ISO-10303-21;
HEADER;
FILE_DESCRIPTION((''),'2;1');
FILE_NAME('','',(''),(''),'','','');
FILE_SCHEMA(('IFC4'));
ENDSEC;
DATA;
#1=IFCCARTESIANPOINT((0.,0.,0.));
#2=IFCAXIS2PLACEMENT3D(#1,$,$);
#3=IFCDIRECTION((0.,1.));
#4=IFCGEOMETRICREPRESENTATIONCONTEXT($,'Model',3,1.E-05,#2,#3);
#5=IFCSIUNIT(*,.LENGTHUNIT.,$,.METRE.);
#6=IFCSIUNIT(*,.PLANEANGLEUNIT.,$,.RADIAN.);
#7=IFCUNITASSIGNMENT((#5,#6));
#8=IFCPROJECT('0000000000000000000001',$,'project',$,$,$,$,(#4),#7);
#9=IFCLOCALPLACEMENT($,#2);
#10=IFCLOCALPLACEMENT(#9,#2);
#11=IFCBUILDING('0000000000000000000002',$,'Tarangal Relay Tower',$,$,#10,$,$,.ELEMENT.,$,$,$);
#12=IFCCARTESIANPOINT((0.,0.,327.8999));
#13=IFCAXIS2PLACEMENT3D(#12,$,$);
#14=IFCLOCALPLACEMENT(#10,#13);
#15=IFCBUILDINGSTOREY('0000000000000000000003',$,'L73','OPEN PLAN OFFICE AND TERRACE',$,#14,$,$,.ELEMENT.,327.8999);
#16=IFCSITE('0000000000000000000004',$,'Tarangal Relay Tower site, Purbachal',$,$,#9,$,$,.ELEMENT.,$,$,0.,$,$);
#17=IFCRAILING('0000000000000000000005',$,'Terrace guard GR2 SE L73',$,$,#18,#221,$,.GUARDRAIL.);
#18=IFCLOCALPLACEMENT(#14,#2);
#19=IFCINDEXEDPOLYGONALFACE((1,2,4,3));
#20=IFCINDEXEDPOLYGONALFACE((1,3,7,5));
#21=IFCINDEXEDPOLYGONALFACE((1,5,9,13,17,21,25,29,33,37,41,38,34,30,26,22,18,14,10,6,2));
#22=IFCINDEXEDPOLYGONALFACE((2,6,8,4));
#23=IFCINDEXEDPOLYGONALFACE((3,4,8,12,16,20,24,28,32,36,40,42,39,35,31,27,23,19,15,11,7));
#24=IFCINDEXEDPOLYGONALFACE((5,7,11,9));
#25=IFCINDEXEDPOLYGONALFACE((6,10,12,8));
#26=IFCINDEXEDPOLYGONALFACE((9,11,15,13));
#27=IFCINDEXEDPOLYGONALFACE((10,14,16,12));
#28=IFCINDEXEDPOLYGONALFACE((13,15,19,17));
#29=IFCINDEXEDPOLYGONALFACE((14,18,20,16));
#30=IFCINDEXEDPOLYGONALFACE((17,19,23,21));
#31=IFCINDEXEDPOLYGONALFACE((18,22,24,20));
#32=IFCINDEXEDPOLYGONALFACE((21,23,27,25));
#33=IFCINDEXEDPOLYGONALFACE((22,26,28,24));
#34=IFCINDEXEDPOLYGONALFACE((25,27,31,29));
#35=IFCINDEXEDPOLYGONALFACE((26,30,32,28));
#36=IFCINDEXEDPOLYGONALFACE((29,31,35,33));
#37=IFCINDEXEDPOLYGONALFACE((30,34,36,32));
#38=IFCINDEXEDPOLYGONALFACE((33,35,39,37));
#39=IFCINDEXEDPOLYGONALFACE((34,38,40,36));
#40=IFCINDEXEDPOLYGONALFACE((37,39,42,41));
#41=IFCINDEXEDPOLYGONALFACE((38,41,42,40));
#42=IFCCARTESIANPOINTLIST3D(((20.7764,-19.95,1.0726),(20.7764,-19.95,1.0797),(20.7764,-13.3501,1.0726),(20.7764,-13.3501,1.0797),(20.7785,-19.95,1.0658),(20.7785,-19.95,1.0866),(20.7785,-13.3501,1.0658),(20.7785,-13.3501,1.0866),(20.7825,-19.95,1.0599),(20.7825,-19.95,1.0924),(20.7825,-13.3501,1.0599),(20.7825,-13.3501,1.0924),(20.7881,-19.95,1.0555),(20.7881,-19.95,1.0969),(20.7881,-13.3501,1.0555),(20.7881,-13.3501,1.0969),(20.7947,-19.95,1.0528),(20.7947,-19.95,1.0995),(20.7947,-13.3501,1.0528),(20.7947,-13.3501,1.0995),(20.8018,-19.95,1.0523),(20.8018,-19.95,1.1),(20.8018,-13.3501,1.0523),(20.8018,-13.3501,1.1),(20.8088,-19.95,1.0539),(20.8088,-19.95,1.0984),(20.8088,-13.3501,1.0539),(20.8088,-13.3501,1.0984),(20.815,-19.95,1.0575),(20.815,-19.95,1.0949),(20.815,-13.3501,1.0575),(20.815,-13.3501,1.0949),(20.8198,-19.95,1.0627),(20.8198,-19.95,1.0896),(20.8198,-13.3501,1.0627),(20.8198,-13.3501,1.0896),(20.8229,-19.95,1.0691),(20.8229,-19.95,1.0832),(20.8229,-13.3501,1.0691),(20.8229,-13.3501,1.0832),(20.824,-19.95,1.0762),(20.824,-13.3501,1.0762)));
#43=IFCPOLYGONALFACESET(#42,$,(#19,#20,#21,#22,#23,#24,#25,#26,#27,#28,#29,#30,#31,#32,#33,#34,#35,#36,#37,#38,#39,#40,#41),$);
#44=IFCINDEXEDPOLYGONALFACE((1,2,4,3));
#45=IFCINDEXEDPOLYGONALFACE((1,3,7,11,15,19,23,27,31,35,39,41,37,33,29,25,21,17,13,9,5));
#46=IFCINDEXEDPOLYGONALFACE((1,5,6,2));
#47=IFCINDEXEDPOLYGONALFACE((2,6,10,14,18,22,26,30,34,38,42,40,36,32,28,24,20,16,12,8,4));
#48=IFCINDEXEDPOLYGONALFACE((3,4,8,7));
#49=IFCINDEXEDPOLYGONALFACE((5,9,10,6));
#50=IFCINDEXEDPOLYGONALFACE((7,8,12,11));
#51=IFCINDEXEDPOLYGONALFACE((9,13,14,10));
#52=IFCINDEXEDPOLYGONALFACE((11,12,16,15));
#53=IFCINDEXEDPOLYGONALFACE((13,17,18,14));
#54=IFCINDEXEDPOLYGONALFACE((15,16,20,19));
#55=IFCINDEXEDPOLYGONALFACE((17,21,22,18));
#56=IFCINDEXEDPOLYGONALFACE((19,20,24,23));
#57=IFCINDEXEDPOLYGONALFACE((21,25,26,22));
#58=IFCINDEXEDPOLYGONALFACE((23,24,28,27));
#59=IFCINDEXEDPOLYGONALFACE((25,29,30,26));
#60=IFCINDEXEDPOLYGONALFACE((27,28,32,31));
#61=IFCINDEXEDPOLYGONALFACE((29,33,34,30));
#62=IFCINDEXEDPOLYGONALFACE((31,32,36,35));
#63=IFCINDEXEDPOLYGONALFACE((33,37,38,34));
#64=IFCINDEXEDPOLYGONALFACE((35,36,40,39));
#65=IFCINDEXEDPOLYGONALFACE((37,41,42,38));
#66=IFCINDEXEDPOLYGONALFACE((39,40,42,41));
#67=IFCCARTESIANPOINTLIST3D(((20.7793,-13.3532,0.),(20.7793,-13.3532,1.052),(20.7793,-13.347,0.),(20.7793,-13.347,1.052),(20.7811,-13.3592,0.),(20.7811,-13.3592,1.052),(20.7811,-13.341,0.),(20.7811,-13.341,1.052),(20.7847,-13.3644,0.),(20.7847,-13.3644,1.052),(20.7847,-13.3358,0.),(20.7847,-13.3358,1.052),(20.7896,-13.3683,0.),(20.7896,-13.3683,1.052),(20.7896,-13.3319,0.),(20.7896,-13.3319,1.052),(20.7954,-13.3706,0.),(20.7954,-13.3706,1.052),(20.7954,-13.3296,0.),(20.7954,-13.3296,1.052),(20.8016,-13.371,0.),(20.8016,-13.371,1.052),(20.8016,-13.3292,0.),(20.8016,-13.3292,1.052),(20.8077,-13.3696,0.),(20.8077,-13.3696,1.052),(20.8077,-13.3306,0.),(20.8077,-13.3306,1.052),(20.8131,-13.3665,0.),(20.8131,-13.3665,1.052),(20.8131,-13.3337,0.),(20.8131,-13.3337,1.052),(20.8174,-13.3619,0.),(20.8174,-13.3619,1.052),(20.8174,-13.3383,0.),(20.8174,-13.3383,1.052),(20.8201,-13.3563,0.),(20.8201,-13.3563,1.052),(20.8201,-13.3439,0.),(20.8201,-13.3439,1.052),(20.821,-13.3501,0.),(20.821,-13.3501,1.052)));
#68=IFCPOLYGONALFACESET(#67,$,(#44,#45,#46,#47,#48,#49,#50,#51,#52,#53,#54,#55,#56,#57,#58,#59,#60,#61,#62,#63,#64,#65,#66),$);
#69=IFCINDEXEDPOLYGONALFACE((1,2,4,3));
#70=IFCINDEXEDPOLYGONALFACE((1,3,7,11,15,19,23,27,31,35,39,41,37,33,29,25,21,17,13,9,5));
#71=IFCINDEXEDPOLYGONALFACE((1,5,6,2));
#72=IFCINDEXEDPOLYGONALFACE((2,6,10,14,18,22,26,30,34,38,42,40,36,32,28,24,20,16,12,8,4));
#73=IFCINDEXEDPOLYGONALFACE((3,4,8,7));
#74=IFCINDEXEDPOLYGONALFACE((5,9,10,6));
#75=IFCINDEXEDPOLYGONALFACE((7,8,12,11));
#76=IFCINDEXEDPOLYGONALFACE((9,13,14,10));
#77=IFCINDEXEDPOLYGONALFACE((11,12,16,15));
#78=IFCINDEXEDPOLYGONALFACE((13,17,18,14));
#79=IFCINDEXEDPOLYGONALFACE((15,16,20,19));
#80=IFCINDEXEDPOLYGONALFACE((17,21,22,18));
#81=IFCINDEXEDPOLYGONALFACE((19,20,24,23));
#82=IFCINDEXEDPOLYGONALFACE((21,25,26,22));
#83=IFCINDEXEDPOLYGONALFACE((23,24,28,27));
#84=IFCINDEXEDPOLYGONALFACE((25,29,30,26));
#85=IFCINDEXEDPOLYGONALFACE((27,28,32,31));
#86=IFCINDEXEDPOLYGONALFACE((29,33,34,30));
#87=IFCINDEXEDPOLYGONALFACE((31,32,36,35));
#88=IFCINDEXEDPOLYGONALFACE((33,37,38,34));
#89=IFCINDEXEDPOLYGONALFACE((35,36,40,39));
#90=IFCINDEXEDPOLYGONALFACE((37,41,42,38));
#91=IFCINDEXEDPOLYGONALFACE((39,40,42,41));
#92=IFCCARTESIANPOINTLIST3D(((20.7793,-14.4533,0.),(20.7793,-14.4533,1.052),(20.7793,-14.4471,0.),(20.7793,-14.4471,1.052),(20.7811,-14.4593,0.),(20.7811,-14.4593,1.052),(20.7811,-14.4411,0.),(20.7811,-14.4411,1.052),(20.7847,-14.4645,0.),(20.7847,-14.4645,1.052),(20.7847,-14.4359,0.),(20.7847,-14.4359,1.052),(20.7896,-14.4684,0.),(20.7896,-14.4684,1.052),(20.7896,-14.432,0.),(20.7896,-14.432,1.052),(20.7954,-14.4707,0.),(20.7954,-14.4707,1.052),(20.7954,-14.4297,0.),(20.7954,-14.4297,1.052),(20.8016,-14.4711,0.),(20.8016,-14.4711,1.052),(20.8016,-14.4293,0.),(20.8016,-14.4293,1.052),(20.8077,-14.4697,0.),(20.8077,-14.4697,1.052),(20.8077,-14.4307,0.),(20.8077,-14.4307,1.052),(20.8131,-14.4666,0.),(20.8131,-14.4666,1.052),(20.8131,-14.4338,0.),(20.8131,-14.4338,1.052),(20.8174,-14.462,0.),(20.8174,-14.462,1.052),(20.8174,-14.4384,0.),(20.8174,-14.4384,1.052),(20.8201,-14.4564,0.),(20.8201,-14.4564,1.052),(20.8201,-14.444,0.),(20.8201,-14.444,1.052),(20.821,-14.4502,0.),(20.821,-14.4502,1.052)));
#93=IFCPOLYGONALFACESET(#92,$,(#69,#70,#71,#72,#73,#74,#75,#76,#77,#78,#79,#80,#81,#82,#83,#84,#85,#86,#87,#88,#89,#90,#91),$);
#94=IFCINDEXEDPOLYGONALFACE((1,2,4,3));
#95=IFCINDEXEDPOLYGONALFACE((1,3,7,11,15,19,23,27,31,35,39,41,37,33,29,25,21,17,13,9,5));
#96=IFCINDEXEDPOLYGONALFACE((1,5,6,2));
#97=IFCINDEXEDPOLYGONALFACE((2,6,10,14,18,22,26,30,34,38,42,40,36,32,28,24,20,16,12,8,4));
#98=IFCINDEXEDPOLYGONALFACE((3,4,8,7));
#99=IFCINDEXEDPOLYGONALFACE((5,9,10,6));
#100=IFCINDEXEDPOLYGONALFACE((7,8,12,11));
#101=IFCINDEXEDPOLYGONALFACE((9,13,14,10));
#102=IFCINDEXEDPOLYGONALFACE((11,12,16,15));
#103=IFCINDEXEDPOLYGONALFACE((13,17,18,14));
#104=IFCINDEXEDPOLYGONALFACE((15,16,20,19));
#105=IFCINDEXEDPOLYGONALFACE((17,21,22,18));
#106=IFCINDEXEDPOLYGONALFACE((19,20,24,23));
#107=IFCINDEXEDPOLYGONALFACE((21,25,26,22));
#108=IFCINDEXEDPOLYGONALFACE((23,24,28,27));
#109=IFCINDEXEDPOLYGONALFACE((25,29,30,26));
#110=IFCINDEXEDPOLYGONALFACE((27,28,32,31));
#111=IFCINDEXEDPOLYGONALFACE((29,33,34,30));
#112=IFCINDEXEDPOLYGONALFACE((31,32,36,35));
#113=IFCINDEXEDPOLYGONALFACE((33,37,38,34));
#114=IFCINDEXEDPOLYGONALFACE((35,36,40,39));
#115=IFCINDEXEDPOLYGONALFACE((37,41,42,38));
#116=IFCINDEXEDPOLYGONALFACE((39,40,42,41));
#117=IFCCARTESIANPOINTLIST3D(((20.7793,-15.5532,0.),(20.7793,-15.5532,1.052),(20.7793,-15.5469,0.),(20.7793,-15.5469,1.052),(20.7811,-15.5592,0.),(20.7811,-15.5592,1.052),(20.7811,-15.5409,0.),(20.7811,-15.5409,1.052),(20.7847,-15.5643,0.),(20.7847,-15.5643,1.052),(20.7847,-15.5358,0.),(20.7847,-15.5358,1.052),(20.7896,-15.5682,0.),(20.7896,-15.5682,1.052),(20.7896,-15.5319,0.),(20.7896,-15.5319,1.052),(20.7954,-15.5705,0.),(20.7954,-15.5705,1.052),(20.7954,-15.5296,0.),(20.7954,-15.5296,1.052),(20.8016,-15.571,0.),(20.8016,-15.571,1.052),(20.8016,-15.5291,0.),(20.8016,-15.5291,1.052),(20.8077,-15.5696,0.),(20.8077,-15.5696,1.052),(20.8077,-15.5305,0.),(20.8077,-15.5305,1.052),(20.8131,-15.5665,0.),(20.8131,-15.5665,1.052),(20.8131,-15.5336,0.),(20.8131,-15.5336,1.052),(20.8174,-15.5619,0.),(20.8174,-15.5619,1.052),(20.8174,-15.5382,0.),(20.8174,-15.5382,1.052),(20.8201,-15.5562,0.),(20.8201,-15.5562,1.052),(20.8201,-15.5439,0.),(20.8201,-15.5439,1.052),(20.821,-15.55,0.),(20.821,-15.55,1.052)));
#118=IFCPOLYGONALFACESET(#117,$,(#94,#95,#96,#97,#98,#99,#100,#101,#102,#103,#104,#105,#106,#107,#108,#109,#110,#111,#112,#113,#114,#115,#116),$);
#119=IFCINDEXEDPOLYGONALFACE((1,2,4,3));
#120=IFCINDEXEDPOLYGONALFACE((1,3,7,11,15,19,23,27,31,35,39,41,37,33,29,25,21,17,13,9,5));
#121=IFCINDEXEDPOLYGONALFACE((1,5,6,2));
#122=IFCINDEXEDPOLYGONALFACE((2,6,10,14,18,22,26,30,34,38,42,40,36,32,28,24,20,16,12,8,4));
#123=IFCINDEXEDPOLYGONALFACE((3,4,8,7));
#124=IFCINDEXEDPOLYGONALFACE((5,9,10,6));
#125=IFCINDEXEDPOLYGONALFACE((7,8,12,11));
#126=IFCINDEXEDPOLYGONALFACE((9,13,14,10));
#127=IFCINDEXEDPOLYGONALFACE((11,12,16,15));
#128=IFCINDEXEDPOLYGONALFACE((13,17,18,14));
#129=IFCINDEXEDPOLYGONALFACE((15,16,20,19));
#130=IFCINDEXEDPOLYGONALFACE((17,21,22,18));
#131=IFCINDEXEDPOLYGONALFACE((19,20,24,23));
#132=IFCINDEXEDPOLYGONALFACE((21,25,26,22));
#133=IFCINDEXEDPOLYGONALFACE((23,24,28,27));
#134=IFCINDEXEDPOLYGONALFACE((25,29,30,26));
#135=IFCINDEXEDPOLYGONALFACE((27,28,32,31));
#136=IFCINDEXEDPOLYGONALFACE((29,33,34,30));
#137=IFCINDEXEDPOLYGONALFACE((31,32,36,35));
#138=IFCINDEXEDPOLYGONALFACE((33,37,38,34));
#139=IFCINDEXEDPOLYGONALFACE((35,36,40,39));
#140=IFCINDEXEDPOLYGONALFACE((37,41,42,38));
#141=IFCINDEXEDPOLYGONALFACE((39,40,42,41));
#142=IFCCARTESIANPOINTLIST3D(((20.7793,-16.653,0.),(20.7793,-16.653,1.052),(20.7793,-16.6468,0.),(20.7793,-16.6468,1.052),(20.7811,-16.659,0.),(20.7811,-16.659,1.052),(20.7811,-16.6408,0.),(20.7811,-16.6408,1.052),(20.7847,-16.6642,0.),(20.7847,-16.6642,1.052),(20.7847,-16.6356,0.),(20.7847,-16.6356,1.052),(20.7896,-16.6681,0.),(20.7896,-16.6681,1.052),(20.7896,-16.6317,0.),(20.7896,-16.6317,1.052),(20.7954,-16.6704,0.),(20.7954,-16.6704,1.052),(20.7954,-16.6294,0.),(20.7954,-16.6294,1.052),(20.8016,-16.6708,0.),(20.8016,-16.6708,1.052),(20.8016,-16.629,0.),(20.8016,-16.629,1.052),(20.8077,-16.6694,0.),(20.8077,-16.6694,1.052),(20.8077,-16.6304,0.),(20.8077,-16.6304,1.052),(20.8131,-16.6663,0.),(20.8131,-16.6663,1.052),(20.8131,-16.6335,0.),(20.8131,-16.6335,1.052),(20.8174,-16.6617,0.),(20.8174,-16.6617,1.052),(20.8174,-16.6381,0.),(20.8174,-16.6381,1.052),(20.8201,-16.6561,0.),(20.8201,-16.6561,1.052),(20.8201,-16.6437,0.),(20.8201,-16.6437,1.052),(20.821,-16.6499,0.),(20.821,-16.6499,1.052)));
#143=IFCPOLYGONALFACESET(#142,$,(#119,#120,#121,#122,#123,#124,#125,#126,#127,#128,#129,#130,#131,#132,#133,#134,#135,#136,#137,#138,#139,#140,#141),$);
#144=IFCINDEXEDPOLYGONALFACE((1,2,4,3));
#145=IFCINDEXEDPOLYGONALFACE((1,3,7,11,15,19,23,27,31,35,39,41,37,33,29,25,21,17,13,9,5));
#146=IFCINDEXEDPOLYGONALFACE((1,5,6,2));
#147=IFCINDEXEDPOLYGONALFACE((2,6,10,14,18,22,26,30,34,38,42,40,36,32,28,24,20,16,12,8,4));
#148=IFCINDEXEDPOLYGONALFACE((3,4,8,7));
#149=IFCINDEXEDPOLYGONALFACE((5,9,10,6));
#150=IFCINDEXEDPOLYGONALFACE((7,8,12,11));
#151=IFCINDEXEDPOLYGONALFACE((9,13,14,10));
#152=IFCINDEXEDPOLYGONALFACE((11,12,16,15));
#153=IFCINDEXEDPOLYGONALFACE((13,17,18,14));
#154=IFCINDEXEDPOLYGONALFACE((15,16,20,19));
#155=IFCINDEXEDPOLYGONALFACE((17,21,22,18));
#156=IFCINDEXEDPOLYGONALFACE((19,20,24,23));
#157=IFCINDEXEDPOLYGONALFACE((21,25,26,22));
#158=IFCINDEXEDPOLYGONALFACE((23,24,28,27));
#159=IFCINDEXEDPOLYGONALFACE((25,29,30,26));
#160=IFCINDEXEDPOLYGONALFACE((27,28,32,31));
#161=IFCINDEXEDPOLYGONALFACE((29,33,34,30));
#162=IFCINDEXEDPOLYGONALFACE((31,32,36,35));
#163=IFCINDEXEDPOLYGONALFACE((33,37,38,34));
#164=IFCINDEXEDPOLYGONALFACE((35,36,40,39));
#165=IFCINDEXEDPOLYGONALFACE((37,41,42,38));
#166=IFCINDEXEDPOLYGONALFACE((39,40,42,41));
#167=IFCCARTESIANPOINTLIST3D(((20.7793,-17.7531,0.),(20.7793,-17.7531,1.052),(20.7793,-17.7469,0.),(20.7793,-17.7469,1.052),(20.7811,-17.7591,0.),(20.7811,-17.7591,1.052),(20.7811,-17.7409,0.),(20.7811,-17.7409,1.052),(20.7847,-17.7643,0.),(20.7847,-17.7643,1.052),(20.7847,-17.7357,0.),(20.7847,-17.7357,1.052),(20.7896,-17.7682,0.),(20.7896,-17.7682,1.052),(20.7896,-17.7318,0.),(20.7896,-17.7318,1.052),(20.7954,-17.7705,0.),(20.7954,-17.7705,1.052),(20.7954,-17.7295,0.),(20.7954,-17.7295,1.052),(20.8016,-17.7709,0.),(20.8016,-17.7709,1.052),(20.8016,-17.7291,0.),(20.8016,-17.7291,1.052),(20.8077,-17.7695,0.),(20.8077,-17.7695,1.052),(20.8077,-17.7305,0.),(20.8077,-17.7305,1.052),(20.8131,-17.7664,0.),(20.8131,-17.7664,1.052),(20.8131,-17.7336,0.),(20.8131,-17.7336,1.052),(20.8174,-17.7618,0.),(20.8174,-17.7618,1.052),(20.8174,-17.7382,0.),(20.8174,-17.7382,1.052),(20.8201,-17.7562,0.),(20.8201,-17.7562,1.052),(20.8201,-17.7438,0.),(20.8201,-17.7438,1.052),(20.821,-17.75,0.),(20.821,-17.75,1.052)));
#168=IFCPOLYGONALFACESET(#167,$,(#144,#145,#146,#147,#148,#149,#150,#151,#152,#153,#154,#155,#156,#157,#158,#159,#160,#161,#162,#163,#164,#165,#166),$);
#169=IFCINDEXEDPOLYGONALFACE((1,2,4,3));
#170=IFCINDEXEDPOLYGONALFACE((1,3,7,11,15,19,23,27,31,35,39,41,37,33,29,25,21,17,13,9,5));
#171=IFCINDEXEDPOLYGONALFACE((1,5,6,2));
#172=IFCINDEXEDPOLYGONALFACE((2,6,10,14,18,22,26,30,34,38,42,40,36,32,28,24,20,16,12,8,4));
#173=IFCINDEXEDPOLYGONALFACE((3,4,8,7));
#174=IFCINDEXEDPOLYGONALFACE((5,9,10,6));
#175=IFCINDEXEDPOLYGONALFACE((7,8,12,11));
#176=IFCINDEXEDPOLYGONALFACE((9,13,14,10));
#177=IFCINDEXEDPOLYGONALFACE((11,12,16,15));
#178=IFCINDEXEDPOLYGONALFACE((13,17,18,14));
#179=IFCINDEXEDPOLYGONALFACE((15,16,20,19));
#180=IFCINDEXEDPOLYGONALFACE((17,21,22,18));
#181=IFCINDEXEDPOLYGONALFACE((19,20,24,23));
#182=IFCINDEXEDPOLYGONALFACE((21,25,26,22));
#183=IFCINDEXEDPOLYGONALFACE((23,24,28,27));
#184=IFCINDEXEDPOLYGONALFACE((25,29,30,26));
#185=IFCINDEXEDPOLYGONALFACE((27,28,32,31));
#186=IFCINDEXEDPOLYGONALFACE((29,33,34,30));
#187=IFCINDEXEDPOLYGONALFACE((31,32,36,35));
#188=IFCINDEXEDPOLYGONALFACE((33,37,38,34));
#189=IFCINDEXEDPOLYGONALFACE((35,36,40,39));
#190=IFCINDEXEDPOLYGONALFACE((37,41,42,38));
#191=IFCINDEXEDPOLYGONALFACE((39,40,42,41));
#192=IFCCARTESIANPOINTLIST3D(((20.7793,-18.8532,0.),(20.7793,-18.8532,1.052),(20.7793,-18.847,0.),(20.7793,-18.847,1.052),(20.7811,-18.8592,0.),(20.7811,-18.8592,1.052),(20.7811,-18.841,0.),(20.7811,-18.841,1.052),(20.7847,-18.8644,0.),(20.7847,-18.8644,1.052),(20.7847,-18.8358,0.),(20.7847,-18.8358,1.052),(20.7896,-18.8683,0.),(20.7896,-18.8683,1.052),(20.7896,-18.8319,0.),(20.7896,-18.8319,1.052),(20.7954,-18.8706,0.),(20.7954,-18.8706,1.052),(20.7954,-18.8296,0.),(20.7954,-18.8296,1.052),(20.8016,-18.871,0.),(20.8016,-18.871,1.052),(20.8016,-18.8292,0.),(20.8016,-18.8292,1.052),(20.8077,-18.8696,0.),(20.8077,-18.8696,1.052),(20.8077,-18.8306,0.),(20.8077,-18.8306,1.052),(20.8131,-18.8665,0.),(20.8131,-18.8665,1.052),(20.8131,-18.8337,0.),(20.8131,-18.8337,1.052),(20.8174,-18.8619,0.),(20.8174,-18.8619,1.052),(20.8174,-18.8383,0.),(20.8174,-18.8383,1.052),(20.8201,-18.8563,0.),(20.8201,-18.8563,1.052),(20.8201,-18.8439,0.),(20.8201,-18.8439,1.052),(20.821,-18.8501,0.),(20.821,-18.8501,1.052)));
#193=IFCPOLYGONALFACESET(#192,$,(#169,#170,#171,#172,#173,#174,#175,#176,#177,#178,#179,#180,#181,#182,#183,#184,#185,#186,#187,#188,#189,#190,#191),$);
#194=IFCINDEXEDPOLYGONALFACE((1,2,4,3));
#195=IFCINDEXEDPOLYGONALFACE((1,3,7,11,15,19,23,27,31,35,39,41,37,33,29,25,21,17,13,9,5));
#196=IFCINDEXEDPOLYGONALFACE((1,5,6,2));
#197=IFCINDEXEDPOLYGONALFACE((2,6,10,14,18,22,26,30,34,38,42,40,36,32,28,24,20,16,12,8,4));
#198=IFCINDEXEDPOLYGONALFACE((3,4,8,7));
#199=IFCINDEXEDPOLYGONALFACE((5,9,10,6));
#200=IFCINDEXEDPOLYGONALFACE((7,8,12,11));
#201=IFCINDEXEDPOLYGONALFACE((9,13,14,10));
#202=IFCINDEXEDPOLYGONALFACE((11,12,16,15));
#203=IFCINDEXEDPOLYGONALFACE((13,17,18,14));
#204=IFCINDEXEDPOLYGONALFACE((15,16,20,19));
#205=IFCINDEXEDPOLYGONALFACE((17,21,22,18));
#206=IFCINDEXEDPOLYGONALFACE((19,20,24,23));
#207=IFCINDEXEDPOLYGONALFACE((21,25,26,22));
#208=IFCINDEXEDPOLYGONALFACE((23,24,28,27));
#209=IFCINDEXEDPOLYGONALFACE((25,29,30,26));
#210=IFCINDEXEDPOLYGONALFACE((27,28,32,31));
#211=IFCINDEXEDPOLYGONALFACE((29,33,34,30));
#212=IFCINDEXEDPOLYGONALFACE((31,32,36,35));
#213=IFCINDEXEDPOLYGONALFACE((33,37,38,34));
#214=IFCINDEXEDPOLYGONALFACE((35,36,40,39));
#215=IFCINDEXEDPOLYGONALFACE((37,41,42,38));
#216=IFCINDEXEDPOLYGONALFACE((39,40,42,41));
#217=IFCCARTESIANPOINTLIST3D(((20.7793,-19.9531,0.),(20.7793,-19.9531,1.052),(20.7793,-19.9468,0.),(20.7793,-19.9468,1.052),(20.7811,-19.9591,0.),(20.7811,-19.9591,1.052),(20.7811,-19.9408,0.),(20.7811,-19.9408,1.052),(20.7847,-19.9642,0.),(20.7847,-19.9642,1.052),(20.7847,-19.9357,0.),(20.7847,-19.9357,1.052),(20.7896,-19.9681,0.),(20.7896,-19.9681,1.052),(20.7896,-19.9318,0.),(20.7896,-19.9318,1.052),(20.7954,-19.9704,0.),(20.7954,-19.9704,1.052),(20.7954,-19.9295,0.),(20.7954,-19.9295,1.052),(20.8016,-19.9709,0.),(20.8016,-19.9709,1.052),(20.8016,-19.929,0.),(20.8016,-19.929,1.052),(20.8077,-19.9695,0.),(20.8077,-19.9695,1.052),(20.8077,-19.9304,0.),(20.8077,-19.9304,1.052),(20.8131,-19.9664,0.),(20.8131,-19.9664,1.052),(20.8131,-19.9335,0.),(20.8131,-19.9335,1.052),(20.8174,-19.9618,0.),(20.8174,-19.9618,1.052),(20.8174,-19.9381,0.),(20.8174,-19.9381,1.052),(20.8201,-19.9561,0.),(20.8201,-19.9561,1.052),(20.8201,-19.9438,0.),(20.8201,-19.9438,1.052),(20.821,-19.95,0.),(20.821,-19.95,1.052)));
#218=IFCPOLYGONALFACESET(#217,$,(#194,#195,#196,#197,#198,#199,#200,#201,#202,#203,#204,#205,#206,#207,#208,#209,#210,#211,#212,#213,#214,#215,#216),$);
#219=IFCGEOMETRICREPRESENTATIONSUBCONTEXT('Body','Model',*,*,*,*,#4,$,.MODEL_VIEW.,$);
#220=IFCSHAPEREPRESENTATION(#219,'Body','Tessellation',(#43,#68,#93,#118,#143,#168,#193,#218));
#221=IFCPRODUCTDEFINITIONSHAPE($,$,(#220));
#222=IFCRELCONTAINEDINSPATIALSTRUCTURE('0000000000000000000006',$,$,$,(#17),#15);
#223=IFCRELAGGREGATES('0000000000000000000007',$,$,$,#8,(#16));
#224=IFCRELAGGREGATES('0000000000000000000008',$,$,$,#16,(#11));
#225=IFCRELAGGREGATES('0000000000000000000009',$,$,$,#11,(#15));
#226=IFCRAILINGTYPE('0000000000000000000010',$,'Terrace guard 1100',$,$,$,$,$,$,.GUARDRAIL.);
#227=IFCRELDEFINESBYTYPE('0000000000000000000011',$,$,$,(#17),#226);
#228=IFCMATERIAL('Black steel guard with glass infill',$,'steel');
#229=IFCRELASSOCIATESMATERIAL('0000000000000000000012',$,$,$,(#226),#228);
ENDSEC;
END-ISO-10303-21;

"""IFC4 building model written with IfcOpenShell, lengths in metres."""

from ifc_helpers import new_model, si_unit, direction, frame, origin, origin_2d, place, context, subcontext, project, spatial, circle, extrude, material, type_object, element, save


model = new_model("IFC4")

# Units and contexts
model_context = context("Model", 3, precision=1e-05, world=origin(), true_north=direction((0.0, 1.0)))
body_context = subcontext(model_context, "Body", "Model", "MODEL_VIEW")
ifc_project = project(units=[si_unit("LENGTHUNIT", "METRE"), si_unit("PLANEANGLEUNIT", "RADIAN")], contexts=[model_context])

# Site, building, storey
site_placement = place(None, origin())
site = spatial("IfcSite", under=ifc_project, at=site_placement, Name="Tarangal Relay Tower site, Purbachal", CompositionType="ELEMENT", RefElevation=0.0)
building_placement = place(site_placement, origin())
building = spatial("IfcBuilding", under=site, at=building_placement, Name="Tarangal Relay Tower", CompositionType="ELEMENT")
storey_placement = place(building_placement, frame((0.0, 0.0, 327.8999)))
storey = spatial("IfcBuildingStorey", under=building, at=storey_placement, Name="L73", Description="OPEN PLAN OFFICE AND TERRACE", CompositionType="ELEMENT", Elevation=327.8999)

# Railing
ifc_material_1 = material(Name="Black steel guard with glass infill", Category="steel")
railing_type = type_object("IfcRailingType", Name="Terrace guard 1100", PredefinedType="GUARDRAIL", material=ifc_material_1)
railing_1_placement = place(storey_placement, frame((20.8, -13.3501, 0.0)))
element("IfcRailing", 1, at=railing_1_placement, inside=storey, type_object=railing_type, Name="Terrace guard GR2 SE L73", PredefinedType="GUARDRAIL", context=body_context, shape_type="SweptSolid", body=[
    extrude(circle(Radius=0.0239, at=origin_2d()), frame((0.0, 0.0, 1.0762), z_axis=(0.0, -1.0, 0.0), x_axis=(1.0, 0.0, 0.0)), (0.0, 0.0, 1.0), 6.5999),
    extrude(circle(Radius=0.021, at=origin_2d()), origin(), (0.0, 0.0, 1.0), 1.052),
    extrude(circle(Radius=0.021, at=origin_2d()), frame((0.0, -1.1001, 0.0)), (0.0, 0.0, 1.0), 1.052),
    extrude(circle(Radius=0.021, at=origin_2d()), frame((0.0, -2.2, 0.0)), (0.0, 0.0, 1.0), 1.052),
    extrude(circle(Radius=0.021, at=origin_2d()), frame((0.0, -3.2998, 0.0)), (0.0, 0.0, 1.0), 1.052),
    extrude(circle(Radius=0.021, at=origin_2d()), frame((0.0, -4.3999, 0.0)), (0.0, 0.0, 1.0), 1.052),
    extrude(circle(Radius=0.021, at=origin_2d()), frame((0.0, -5.5, 0.0)), (0.0, 0.0, 1.0), 1.052),
    extrude(circle(Radius=0.021, at=origin_2d()), frame((0.0, -6.5999, 0.0)), (0.0, 0.0, 1.0), 1.052),
])

save(model, "model.ifc")
